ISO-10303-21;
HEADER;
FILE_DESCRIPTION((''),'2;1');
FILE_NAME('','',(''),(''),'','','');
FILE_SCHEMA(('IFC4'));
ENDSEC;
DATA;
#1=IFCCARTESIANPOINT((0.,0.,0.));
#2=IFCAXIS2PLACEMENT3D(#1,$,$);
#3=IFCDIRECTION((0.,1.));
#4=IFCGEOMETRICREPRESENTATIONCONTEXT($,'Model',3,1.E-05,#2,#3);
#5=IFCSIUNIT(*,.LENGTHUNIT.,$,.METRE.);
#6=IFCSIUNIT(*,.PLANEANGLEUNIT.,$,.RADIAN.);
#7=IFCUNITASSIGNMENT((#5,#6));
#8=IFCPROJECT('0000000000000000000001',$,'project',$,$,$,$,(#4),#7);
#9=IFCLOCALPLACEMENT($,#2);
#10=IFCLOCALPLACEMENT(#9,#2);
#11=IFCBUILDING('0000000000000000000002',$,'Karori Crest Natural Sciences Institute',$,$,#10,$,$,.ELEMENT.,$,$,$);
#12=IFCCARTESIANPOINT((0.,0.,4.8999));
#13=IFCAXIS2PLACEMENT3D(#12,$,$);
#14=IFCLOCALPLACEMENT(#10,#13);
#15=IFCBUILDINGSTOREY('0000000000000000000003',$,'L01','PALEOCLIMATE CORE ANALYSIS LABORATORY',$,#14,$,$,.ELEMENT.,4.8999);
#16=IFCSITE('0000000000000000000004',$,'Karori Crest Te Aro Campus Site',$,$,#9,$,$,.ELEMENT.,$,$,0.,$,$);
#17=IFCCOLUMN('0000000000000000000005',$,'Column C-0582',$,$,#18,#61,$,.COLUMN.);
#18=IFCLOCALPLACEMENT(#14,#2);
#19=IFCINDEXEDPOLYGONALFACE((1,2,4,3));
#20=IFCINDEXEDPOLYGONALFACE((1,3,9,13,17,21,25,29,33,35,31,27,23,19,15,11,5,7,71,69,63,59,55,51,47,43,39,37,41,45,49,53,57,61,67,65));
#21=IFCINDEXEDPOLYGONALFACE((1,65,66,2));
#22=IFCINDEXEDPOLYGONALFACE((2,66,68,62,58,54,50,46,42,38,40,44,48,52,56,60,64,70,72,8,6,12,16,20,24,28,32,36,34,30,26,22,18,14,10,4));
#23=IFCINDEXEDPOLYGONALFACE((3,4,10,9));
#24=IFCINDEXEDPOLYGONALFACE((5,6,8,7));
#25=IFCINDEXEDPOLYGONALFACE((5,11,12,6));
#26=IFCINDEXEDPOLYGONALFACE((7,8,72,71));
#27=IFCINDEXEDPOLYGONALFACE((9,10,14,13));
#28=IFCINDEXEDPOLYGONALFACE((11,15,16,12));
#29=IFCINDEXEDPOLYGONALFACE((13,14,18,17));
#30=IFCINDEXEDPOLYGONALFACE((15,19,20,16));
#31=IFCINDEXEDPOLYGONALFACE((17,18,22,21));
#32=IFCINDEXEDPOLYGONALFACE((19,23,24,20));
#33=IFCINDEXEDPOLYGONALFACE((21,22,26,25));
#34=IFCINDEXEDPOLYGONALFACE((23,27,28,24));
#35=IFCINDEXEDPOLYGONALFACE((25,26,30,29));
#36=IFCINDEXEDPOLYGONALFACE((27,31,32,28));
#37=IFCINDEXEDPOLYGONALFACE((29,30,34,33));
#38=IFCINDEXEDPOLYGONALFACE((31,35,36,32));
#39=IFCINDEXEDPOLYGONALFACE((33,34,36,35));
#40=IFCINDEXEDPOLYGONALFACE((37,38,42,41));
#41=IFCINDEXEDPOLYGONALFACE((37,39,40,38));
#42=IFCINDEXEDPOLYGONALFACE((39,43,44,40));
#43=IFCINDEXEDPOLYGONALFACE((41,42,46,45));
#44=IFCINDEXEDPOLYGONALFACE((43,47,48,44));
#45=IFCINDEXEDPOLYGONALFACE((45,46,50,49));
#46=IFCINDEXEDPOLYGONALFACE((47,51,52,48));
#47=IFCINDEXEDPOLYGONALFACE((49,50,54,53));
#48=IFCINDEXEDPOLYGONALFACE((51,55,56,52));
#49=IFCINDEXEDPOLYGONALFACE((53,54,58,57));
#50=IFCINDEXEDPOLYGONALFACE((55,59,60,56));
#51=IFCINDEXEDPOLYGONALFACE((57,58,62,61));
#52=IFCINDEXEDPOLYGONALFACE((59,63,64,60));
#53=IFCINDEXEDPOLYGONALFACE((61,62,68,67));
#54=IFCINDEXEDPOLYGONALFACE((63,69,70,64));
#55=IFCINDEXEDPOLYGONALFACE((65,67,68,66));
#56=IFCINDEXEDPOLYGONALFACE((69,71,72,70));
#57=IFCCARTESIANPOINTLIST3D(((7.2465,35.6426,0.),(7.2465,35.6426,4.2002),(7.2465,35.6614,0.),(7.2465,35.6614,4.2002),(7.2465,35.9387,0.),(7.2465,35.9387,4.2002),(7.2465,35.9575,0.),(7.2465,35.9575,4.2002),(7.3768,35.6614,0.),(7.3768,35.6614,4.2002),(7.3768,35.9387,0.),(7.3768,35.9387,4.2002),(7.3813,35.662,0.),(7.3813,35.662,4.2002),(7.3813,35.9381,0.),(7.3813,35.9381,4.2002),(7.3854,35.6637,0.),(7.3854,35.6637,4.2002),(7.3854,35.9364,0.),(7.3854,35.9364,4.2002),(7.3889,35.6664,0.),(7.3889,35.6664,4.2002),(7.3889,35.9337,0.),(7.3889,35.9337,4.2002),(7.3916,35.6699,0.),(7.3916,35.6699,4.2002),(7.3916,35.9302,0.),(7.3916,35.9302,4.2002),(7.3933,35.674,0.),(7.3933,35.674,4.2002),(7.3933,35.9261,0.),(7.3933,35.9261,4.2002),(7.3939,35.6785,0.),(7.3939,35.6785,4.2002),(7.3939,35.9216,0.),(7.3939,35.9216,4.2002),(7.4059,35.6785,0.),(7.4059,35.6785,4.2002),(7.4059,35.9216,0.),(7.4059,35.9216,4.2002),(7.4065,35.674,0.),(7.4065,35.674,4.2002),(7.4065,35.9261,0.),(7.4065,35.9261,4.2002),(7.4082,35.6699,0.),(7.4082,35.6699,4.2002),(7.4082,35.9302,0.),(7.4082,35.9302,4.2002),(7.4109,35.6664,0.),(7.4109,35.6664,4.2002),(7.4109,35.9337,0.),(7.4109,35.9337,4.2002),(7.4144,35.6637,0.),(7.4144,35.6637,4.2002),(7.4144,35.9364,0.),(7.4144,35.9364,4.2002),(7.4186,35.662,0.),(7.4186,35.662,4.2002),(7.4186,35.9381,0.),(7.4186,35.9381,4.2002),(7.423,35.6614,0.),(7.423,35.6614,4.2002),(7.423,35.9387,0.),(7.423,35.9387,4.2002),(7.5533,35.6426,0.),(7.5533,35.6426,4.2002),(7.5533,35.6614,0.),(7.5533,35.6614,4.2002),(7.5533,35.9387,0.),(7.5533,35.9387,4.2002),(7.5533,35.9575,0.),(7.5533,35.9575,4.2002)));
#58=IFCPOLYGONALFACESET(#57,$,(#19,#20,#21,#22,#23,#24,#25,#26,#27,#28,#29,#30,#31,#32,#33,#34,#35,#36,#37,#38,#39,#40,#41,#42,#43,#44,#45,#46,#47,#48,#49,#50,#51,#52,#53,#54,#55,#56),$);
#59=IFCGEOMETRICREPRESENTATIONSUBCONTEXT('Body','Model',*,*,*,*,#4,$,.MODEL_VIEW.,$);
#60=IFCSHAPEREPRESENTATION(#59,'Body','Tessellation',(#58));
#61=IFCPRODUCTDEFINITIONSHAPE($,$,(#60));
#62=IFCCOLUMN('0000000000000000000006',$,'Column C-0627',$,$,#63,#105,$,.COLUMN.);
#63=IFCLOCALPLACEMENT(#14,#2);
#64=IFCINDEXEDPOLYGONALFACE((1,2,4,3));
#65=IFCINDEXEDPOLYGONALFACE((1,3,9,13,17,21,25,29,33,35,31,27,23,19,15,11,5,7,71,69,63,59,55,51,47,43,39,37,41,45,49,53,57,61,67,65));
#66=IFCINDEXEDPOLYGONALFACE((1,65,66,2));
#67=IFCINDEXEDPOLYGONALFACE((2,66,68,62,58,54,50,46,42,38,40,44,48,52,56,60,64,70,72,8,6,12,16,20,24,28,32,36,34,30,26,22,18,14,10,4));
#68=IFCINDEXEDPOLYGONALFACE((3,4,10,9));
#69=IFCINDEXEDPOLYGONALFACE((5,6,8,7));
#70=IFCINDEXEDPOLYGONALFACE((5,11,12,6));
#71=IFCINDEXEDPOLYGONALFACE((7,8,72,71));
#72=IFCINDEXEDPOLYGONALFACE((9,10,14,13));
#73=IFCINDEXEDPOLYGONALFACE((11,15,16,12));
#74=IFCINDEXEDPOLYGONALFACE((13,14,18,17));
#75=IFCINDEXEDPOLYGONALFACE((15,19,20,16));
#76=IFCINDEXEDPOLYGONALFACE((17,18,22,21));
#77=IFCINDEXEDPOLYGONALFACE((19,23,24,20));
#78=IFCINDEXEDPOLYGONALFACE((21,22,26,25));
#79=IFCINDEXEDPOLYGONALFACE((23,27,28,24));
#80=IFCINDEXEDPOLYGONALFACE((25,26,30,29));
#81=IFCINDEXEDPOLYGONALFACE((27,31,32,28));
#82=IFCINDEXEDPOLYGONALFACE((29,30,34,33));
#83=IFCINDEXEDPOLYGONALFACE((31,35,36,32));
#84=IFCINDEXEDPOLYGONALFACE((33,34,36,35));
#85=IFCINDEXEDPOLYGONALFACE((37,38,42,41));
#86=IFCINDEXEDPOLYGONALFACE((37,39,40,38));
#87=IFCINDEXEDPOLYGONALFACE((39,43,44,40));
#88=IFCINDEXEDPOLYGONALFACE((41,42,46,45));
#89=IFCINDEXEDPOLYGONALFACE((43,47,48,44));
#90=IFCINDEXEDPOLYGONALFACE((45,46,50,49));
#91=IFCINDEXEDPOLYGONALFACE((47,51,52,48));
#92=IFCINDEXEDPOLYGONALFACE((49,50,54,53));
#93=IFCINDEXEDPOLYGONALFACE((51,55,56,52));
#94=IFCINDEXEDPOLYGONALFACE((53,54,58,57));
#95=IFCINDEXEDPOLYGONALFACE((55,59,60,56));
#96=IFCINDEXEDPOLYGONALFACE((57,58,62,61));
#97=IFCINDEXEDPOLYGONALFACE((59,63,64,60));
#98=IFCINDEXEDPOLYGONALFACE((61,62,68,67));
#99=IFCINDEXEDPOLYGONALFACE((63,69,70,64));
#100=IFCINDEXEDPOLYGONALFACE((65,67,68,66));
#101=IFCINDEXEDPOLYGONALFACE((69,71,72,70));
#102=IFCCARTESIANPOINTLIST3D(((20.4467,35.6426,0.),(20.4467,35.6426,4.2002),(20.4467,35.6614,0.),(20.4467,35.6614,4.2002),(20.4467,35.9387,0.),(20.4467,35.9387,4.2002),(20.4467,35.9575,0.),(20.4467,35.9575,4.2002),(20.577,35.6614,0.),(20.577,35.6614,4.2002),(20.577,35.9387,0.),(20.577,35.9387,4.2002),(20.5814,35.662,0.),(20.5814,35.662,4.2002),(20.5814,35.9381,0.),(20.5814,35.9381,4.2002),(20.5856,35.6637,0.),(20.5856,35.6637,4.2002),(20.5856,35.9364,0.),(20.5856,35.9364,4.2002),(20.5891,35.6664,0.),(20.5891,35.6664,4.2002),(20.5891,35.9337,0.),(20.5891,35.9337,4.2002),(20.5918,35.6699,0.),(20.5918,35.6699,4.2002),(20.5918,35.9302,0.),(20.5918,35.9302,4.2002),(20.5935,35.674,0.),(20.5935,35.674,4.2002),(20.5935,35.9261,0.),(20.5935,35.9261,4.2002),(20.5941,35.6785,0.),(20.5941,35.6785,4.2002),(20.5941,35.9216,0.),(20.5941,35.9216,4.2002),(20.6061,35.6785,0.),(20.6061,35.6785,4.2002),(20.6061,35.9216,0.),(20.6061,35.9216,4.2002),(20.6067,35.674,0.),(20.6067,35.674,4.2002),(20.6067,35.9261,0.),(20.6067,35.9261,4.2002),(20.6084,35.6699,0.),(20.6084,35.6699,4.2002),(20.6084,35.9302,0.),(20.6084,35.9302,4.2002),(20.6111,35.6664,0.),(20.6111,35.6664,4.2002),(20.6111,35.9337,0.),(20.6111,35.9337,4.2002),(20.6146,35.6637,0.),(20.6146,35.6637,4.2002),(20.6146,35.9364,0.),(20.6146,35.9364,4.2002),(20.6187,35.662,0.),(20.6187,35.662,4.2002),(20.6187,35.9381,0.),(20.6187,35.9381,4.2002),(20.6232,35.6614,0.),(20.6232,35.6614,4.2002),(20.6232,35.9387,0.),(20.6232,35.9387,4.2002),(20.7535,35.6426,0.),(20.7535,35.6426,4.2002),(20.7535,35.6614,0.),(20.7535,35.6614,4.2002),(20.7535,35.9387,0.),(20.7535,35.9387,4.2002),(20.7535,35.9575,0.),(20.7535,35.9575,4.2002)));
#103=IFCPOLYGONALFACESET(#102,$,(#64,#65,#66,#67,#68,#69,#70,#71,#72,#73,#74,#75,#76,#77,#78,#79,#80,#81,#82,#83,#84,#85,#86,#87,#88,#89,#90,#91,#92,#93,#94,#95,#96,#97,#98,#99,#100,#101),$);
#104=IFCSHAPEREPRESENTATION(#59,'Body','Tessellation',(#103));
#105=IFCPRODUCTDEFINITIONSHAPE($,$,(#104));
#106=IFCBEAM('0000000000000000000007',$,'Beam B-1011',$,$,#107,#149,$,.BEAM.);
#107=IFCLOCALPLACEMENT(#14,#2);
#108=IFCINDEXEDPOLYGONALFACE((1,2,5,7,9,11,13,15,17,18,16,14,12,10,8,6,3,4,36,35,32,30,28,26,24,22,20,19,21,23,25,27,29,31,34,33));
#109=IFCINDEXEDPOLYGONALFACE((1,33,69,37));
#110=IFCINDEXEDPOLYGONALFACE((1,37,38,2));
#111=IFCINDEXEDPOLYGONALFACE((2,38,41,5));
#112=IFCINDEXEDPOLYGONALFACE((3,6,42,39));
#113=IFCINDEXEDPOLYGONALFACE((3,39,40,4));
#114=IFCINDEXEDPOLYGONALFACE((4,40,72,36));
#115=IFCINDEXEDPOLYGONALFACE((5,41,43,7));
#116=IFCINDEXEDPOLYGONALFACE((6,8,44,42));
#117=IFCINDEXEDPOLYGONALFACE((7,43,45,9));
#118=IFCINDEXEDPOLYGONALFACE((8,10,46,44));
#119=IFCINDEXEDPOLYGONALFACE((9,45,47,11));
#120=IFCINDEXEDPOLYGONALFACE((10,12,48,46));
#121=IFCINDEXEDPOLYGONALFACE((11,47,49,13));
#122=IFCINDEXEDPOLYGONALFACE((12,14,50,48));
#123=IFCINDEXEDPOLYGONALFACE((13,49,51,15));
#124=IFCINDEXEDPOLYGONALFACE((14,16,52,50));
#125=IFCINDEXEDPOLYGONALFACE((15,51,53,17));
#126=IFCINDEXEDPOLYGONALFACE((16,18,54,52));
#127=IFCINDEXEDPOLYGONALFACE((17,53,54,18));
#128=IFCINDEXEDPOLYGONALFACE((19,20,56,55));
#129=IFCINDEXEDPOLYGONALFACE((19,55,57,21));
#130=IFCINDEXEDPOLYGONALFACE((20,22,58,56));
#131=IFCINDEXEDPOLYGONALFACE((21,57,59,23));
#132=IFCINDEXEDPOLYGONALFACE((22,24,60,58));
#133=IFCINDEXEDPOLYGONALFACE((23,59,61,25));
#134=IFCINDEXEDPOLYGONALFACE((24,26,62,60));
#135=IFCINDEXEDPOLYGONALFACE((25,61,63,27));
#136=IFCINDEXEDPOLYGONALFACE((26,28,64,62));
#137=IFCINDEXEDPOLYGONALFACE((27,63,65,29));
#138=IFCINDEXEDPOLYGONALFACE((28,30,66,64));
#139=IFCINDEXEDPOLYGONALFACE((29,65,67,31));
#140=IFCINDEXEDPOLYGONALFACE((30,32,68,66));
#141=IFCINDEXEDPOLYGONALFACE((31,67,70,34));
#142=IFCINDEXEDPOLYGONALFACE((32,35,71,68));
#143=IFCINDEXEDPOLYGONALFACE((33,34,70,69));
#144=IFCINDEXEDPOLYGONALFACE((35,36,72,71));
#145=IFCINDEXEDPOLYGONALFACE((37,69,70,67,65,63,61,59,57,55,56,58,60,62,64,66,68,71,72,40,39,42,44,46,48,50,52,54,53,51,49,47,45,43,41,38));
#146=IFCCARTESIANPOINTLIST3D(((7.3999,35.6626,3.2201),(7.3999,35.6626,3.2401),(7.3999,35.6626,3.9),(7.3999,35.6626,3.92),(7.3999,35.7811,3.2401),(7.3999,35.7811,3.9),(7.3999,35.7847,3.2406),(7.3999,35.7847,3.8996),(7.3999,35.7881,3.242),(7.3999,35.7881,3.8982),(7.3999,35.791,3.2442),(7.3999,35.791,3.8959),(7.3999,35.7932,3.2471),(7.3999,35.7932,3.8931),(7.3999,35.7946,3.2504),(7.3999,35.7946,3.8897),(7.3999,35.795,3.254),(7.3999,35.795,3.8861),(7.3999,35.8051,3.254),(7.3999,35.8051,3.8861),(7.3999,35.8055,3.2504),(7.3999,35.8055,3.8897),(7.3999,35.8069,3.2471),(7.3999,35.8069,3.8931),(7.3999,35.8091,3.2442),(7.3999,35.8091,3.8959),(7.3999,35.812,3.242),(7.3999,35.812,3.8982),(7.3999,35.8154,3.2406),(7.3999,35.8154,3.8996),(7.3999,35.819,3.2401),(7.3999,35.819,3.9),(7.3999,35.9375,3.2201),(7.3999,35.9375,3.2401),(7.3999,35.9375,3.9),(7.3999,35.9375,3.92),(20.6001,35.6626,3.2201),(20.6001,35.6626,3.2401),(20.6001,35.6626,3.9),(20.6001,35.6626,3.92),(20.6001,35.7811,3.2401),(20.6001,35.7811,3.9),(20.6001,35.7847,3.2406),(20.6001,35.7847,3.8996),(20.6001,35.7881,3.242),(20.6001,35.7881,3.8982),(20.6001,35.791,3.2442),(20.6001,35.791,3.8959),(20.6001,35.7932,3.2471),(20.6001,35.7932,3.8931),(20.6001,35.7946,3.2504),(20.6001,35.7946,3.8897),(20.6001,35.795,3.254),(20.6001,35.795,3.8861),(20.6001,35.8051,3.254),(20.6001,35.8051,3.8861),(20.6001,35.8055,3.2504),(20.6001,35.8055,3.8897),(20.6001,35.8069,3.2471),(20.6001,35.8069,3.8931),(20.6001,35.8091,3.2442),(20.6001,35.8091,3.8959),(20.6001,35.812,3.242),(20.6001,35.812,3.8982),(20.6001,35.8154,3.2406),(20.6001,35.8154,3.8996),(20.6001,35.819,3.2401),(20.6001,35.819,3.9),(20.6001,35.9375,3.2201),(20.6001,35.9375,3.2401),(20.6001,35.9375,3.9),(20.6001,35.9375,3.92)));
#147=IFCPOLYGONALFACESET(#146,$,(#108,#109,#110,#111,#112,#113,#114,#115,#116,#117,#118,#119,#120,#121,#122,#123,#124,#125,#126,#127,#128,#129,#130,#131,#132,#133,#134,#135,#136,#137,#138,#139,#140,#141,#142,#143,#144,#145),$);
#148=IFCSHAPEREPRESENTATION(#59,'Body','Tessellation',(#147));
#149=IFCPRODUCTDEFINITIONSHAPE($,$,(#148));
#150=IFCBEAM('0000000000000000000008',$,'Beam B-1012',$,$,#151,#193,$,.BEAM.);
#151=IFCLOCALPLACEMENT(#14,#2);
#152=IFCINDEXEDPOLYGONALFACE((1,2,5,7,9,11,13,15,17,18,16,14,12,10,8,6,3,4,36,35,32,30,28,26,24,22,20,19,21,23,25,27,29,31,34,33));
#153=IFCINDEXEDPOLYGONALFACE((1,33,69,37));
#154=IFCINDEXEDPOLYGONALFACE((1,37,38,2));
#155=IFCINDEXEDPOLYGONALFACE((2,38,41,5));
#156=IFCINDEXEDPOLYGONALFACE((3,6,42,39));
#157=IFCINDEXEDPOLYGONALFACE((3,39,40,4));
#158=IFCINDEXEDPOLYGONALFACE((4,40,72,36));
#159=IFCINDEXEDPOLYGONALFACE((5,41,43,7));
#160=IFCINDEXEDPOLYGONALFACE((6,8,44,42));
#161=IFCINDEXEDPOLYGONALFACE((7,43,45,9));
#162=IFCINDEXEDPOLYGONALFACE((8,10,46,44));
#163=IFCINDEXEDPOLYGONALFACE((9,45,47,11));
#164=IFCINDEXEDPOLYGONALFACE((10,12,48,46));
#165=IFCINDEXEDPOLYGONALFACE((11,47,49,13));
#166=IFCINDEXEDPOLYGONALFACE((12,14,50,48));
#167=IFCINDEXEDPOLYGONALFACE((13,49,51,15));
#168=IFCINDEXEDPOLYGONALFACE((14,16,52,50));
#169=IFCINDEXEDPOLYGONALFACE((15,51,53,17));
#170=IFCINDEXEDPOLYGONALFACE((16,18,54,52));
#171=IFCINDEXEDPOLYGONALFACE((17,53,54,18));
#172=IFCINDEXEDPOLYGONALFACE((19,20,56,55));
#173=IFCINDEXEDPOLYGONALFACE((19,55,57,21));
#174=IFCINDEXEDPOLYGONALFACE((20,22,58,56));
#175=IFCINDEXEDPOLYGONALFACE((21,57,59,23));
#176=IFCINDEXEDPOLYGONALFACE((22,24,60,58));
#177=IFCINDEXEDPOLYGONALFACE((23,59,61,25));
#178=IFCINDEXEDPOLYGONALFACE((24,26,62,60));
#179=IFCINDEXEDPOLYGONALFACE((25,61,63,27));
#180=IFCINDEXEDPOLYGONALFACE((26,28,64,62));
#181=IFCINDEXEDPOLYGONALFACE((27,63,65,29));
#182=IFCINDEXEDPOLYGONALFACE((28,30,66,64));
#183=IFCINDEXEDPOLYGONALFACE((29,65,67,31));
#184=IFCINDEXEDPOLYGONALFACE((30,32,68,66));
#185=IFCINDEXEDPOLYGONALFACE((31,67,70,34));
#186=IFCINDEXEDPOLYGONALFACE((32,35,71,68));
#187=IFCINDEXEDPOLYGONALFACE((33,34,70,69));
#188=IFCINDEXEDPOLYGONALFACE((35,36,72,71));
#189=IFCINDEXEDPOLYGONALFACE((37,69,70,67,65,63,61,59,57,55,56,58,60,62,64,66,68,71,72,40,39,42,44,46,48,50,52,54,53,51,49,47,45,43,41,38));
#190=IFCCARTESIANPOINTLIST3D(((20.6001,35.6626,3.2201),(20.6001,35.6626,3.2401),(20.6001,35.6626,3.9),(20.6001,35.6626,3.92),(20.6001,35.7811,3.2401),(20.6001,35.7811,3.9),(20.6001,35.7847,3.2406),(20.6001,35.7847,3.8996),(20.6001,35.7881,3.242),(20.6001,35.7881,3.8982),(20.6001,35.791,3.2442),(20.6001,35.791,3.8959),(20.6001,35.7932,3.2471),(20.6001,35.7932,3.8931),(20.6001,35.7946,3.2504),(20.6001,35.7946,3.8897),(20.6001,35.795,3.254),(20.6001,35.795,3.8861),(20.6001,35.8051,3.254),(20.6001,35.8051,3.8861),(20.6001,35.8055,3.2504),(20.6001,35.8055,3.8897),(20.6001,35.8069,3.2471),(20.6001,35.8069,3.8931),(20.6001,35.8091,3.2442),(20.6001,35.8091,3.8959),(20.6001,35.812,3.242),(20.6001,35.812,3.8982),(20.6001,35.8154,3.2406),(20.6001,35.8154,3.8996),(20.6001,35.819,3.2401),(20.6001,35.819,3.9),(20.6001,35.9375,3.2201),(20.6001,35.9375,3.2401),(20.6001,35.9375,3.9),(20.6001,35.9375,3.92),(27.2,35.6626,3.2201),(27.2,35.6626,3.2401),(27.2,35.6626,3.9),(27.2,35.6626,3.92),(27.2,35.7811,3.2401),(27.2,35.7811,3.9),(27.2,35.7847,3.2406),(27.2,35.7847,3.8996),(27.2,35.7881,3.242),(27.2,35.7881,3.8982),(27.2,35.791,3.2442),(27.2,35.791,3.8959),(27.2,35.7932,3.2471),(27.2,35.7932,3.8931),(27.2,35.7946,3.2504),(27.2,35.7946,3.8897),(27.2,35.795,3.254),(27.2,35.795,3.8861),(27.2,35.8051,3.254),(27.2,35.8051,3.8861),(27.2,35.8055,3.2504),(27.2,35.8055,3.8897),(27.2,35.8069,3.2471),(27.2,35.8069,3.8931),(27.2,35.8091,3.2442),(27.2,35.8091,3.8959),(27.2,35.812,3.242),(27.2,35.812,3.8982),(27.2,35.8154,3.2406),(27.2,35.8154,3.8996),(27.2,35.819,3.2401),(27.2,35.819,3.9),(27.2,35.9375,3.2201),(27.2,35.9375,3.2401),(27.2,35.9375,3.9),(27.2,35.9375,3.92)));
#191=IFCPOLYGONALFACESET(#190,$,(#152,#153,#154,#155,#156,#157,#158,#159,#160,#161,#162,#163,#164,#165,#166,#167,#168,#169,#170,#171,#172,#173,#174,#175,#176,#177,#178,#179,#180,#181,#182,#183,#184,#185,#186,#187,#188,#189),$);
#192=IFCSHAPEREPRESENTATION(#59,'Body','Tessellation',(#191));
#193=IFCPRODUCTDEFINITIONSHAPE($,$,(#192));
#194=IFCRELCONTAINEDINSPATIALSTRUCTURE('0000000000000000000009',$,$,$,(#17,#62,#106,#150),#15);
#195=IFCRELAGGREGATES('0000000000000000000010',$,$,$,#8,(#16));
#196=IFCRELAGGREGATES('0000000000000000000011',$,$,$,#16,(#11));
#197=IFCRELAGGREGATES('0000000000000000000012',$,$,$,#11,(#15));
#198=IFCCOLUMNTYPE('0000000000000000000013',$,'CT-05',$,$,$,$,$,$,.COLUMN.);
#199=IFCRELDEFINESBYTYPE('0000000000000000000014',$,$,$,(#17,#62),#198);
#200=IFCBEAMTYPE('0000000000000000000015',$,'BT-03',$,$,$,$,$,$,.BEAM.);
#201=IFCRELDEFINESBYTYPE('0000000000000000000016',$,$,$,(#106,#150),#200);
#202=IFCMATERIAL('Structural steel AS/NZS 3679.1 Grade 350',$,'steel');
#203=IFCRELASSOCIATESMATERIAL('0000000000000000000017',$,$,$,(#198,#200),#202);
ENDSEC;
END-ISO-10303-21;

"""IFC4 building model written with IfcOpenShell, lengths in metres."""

from ifc_helpers import new_model, si_unit, direction, frame, origin, origin_2d, place, context, subcontext, project, spatial, i_section, extrude, material, material_profile, profile_set, type_object, element, save


model = new_model("IFC4")

# Units and contexts
model_context = context("Model", 3, precision=1e-05, world=origin(), true_north=direction((0.0, 1.0)))
body_context = subcontext(model_context, "Body", "Model", "MODEL_VIEW")
ifc_project = project(units=[si_unit("LENGTHUNIT", "METRE"), si_unit("PLANEANGLEUNIT", "RADIAN")], contexts=[model_context])

# Site, building, storey
site_placement = place(None, origin())
site = spatial("IfcSite", under=ifc_project, at=site_placement, Name="Karori Crest Te Aro Campus Site", CompositionType="ELEMENT", RefElevation=0.0)
building_placement = place(site_placement, origin())
building = spatial("IfcBuilding", under=site, at=building_placement, Name="Karori Crest Natural Sciences Institute", CompositionType="ELEMENT")
storey_placement = place(building_placement, frame((0.0, 0.0, 4.8999)))
storey = spatial("IfcBuildingStorey", under=building, at=storey_placement, Name="L01", Description="PALEOCLIMATE CORE ANALYSIS LABORATORY", CompositionType="ELEMENT", Elevation=4.8999)

# Columns
ifc_material_1 = material(Name="Structural steel AS/NZS 3679.1 Grade 350", Category="steel")
ifc_material_profile_1 = material_profile(ifc_material_1, i_section(OverallWidth=0.3069, OverallDepth=0.3149, WebThickness=0.012, FlangeThickness=0.0188, FilletRadius=0.0171, at=origin_2d()), Name="310UC118")
ifc_profile_set_1 = profile_set([ifc_material_profile_1], Name="Structural steel AS/NZS 3679.1 Grade 350")
column_type = type_object("IfcColumnType", Name="CT-05", PredefinedType="COLUMN", material=ifc_profile_set_1)
for number, where, z_axis, x_axis, name in (
    (1, (7.3999, 35.8, 0.0), (0.0, 0.0, 1.0), (1.0, 0.0, 0.0), "Column C-0582"),
    (2, (20.6001, 35.8, 0.0), (0.0, 0.0, 1.0), (1.0, 0.0, 0.0), "Column C-0627"),
):
    element("IfcColumn", number, at=place(storey_placement, frame(where, z_axis=z_axis, x_axis=x_axis)), inside=storey, type_object=column_type, Name=name, PredefinedType="COLUMN", context=body_context, shape_type="SweptSolid", body=[
        extrude(i_section(OverallWidth=0.3069, OverallDepth=0.3149, WebThickness=0.012, FlangeThickness=0.0188, FilletRadius=0.0171, at=origin_2d()), origin(), (0.0, 0.0, 1.0), 4.2002),
    ])

# Beams
ifc_material_profile_2 = material_profile(ifc_material_1, i_section(OverallWidth=0.2749, OverallDepth=0.7, WebThickness=0.01, FlangeThickness=0.02, FilletRadius=0.0139, at=origin_2d()), Name="700WB150")
ifc_profile_set_2 = profile_set([ifc_material_profile_2], Name="Structural steel AS/NZS 3679.1 Grade 350")
beam_type_1 = type_object("IfcBeamType", Name="BT-03", PredefinedType="BEAM", material=ifc_profile_set_2)
beam_1_placement = place(storey_placement, frame((7.3999, 35.8, 3.5701), z_axis=(1.0, 0.0, 0.0), x_axis=(0.0, 1.0, 0.0)))
element("IfcBeam", 3, at=beam_1_placement, inside=storey, type_object=beam_type_1, Name="Beam B-1011", PredefinedType="BEAM", context=body_context, shape_type="SweptSolid", body=[
    extrude(i_section(OverallWidth=0.2749, OverallDepth=0.7, WebThickness=0.01, FlangeThickness=0.02, FilletRadius=0.0139, at=origin_2d()), origin(), (0.0, 0.0, 1.0), 13.2002),
])
beam_2_placement = place(storey_placement, frame((20.6001, 35.8, 3.5701), z_axis=(1.0, 0.0, 0.0), x_axis=(0.0, 1.0, 0.0)))
element("IfcBeam", 4, at=beam_2_placement, inside=storey, type_object=beam_type_1, Name="Beam B-1012", PredefinedType="BEAM", context=body_context, shape_type="SweptSolid", body=[
    extrude(i_section(OverallWidth=0.2749, OverallDepth=0.7, WebThickness=0.01, FlangeThickness=0.02, FilletRadius=0.0139, at=origin_2d()), origin(), (0.0, 0.0, 1.0), 6.5999),
])

save(model, "model.ifc")
